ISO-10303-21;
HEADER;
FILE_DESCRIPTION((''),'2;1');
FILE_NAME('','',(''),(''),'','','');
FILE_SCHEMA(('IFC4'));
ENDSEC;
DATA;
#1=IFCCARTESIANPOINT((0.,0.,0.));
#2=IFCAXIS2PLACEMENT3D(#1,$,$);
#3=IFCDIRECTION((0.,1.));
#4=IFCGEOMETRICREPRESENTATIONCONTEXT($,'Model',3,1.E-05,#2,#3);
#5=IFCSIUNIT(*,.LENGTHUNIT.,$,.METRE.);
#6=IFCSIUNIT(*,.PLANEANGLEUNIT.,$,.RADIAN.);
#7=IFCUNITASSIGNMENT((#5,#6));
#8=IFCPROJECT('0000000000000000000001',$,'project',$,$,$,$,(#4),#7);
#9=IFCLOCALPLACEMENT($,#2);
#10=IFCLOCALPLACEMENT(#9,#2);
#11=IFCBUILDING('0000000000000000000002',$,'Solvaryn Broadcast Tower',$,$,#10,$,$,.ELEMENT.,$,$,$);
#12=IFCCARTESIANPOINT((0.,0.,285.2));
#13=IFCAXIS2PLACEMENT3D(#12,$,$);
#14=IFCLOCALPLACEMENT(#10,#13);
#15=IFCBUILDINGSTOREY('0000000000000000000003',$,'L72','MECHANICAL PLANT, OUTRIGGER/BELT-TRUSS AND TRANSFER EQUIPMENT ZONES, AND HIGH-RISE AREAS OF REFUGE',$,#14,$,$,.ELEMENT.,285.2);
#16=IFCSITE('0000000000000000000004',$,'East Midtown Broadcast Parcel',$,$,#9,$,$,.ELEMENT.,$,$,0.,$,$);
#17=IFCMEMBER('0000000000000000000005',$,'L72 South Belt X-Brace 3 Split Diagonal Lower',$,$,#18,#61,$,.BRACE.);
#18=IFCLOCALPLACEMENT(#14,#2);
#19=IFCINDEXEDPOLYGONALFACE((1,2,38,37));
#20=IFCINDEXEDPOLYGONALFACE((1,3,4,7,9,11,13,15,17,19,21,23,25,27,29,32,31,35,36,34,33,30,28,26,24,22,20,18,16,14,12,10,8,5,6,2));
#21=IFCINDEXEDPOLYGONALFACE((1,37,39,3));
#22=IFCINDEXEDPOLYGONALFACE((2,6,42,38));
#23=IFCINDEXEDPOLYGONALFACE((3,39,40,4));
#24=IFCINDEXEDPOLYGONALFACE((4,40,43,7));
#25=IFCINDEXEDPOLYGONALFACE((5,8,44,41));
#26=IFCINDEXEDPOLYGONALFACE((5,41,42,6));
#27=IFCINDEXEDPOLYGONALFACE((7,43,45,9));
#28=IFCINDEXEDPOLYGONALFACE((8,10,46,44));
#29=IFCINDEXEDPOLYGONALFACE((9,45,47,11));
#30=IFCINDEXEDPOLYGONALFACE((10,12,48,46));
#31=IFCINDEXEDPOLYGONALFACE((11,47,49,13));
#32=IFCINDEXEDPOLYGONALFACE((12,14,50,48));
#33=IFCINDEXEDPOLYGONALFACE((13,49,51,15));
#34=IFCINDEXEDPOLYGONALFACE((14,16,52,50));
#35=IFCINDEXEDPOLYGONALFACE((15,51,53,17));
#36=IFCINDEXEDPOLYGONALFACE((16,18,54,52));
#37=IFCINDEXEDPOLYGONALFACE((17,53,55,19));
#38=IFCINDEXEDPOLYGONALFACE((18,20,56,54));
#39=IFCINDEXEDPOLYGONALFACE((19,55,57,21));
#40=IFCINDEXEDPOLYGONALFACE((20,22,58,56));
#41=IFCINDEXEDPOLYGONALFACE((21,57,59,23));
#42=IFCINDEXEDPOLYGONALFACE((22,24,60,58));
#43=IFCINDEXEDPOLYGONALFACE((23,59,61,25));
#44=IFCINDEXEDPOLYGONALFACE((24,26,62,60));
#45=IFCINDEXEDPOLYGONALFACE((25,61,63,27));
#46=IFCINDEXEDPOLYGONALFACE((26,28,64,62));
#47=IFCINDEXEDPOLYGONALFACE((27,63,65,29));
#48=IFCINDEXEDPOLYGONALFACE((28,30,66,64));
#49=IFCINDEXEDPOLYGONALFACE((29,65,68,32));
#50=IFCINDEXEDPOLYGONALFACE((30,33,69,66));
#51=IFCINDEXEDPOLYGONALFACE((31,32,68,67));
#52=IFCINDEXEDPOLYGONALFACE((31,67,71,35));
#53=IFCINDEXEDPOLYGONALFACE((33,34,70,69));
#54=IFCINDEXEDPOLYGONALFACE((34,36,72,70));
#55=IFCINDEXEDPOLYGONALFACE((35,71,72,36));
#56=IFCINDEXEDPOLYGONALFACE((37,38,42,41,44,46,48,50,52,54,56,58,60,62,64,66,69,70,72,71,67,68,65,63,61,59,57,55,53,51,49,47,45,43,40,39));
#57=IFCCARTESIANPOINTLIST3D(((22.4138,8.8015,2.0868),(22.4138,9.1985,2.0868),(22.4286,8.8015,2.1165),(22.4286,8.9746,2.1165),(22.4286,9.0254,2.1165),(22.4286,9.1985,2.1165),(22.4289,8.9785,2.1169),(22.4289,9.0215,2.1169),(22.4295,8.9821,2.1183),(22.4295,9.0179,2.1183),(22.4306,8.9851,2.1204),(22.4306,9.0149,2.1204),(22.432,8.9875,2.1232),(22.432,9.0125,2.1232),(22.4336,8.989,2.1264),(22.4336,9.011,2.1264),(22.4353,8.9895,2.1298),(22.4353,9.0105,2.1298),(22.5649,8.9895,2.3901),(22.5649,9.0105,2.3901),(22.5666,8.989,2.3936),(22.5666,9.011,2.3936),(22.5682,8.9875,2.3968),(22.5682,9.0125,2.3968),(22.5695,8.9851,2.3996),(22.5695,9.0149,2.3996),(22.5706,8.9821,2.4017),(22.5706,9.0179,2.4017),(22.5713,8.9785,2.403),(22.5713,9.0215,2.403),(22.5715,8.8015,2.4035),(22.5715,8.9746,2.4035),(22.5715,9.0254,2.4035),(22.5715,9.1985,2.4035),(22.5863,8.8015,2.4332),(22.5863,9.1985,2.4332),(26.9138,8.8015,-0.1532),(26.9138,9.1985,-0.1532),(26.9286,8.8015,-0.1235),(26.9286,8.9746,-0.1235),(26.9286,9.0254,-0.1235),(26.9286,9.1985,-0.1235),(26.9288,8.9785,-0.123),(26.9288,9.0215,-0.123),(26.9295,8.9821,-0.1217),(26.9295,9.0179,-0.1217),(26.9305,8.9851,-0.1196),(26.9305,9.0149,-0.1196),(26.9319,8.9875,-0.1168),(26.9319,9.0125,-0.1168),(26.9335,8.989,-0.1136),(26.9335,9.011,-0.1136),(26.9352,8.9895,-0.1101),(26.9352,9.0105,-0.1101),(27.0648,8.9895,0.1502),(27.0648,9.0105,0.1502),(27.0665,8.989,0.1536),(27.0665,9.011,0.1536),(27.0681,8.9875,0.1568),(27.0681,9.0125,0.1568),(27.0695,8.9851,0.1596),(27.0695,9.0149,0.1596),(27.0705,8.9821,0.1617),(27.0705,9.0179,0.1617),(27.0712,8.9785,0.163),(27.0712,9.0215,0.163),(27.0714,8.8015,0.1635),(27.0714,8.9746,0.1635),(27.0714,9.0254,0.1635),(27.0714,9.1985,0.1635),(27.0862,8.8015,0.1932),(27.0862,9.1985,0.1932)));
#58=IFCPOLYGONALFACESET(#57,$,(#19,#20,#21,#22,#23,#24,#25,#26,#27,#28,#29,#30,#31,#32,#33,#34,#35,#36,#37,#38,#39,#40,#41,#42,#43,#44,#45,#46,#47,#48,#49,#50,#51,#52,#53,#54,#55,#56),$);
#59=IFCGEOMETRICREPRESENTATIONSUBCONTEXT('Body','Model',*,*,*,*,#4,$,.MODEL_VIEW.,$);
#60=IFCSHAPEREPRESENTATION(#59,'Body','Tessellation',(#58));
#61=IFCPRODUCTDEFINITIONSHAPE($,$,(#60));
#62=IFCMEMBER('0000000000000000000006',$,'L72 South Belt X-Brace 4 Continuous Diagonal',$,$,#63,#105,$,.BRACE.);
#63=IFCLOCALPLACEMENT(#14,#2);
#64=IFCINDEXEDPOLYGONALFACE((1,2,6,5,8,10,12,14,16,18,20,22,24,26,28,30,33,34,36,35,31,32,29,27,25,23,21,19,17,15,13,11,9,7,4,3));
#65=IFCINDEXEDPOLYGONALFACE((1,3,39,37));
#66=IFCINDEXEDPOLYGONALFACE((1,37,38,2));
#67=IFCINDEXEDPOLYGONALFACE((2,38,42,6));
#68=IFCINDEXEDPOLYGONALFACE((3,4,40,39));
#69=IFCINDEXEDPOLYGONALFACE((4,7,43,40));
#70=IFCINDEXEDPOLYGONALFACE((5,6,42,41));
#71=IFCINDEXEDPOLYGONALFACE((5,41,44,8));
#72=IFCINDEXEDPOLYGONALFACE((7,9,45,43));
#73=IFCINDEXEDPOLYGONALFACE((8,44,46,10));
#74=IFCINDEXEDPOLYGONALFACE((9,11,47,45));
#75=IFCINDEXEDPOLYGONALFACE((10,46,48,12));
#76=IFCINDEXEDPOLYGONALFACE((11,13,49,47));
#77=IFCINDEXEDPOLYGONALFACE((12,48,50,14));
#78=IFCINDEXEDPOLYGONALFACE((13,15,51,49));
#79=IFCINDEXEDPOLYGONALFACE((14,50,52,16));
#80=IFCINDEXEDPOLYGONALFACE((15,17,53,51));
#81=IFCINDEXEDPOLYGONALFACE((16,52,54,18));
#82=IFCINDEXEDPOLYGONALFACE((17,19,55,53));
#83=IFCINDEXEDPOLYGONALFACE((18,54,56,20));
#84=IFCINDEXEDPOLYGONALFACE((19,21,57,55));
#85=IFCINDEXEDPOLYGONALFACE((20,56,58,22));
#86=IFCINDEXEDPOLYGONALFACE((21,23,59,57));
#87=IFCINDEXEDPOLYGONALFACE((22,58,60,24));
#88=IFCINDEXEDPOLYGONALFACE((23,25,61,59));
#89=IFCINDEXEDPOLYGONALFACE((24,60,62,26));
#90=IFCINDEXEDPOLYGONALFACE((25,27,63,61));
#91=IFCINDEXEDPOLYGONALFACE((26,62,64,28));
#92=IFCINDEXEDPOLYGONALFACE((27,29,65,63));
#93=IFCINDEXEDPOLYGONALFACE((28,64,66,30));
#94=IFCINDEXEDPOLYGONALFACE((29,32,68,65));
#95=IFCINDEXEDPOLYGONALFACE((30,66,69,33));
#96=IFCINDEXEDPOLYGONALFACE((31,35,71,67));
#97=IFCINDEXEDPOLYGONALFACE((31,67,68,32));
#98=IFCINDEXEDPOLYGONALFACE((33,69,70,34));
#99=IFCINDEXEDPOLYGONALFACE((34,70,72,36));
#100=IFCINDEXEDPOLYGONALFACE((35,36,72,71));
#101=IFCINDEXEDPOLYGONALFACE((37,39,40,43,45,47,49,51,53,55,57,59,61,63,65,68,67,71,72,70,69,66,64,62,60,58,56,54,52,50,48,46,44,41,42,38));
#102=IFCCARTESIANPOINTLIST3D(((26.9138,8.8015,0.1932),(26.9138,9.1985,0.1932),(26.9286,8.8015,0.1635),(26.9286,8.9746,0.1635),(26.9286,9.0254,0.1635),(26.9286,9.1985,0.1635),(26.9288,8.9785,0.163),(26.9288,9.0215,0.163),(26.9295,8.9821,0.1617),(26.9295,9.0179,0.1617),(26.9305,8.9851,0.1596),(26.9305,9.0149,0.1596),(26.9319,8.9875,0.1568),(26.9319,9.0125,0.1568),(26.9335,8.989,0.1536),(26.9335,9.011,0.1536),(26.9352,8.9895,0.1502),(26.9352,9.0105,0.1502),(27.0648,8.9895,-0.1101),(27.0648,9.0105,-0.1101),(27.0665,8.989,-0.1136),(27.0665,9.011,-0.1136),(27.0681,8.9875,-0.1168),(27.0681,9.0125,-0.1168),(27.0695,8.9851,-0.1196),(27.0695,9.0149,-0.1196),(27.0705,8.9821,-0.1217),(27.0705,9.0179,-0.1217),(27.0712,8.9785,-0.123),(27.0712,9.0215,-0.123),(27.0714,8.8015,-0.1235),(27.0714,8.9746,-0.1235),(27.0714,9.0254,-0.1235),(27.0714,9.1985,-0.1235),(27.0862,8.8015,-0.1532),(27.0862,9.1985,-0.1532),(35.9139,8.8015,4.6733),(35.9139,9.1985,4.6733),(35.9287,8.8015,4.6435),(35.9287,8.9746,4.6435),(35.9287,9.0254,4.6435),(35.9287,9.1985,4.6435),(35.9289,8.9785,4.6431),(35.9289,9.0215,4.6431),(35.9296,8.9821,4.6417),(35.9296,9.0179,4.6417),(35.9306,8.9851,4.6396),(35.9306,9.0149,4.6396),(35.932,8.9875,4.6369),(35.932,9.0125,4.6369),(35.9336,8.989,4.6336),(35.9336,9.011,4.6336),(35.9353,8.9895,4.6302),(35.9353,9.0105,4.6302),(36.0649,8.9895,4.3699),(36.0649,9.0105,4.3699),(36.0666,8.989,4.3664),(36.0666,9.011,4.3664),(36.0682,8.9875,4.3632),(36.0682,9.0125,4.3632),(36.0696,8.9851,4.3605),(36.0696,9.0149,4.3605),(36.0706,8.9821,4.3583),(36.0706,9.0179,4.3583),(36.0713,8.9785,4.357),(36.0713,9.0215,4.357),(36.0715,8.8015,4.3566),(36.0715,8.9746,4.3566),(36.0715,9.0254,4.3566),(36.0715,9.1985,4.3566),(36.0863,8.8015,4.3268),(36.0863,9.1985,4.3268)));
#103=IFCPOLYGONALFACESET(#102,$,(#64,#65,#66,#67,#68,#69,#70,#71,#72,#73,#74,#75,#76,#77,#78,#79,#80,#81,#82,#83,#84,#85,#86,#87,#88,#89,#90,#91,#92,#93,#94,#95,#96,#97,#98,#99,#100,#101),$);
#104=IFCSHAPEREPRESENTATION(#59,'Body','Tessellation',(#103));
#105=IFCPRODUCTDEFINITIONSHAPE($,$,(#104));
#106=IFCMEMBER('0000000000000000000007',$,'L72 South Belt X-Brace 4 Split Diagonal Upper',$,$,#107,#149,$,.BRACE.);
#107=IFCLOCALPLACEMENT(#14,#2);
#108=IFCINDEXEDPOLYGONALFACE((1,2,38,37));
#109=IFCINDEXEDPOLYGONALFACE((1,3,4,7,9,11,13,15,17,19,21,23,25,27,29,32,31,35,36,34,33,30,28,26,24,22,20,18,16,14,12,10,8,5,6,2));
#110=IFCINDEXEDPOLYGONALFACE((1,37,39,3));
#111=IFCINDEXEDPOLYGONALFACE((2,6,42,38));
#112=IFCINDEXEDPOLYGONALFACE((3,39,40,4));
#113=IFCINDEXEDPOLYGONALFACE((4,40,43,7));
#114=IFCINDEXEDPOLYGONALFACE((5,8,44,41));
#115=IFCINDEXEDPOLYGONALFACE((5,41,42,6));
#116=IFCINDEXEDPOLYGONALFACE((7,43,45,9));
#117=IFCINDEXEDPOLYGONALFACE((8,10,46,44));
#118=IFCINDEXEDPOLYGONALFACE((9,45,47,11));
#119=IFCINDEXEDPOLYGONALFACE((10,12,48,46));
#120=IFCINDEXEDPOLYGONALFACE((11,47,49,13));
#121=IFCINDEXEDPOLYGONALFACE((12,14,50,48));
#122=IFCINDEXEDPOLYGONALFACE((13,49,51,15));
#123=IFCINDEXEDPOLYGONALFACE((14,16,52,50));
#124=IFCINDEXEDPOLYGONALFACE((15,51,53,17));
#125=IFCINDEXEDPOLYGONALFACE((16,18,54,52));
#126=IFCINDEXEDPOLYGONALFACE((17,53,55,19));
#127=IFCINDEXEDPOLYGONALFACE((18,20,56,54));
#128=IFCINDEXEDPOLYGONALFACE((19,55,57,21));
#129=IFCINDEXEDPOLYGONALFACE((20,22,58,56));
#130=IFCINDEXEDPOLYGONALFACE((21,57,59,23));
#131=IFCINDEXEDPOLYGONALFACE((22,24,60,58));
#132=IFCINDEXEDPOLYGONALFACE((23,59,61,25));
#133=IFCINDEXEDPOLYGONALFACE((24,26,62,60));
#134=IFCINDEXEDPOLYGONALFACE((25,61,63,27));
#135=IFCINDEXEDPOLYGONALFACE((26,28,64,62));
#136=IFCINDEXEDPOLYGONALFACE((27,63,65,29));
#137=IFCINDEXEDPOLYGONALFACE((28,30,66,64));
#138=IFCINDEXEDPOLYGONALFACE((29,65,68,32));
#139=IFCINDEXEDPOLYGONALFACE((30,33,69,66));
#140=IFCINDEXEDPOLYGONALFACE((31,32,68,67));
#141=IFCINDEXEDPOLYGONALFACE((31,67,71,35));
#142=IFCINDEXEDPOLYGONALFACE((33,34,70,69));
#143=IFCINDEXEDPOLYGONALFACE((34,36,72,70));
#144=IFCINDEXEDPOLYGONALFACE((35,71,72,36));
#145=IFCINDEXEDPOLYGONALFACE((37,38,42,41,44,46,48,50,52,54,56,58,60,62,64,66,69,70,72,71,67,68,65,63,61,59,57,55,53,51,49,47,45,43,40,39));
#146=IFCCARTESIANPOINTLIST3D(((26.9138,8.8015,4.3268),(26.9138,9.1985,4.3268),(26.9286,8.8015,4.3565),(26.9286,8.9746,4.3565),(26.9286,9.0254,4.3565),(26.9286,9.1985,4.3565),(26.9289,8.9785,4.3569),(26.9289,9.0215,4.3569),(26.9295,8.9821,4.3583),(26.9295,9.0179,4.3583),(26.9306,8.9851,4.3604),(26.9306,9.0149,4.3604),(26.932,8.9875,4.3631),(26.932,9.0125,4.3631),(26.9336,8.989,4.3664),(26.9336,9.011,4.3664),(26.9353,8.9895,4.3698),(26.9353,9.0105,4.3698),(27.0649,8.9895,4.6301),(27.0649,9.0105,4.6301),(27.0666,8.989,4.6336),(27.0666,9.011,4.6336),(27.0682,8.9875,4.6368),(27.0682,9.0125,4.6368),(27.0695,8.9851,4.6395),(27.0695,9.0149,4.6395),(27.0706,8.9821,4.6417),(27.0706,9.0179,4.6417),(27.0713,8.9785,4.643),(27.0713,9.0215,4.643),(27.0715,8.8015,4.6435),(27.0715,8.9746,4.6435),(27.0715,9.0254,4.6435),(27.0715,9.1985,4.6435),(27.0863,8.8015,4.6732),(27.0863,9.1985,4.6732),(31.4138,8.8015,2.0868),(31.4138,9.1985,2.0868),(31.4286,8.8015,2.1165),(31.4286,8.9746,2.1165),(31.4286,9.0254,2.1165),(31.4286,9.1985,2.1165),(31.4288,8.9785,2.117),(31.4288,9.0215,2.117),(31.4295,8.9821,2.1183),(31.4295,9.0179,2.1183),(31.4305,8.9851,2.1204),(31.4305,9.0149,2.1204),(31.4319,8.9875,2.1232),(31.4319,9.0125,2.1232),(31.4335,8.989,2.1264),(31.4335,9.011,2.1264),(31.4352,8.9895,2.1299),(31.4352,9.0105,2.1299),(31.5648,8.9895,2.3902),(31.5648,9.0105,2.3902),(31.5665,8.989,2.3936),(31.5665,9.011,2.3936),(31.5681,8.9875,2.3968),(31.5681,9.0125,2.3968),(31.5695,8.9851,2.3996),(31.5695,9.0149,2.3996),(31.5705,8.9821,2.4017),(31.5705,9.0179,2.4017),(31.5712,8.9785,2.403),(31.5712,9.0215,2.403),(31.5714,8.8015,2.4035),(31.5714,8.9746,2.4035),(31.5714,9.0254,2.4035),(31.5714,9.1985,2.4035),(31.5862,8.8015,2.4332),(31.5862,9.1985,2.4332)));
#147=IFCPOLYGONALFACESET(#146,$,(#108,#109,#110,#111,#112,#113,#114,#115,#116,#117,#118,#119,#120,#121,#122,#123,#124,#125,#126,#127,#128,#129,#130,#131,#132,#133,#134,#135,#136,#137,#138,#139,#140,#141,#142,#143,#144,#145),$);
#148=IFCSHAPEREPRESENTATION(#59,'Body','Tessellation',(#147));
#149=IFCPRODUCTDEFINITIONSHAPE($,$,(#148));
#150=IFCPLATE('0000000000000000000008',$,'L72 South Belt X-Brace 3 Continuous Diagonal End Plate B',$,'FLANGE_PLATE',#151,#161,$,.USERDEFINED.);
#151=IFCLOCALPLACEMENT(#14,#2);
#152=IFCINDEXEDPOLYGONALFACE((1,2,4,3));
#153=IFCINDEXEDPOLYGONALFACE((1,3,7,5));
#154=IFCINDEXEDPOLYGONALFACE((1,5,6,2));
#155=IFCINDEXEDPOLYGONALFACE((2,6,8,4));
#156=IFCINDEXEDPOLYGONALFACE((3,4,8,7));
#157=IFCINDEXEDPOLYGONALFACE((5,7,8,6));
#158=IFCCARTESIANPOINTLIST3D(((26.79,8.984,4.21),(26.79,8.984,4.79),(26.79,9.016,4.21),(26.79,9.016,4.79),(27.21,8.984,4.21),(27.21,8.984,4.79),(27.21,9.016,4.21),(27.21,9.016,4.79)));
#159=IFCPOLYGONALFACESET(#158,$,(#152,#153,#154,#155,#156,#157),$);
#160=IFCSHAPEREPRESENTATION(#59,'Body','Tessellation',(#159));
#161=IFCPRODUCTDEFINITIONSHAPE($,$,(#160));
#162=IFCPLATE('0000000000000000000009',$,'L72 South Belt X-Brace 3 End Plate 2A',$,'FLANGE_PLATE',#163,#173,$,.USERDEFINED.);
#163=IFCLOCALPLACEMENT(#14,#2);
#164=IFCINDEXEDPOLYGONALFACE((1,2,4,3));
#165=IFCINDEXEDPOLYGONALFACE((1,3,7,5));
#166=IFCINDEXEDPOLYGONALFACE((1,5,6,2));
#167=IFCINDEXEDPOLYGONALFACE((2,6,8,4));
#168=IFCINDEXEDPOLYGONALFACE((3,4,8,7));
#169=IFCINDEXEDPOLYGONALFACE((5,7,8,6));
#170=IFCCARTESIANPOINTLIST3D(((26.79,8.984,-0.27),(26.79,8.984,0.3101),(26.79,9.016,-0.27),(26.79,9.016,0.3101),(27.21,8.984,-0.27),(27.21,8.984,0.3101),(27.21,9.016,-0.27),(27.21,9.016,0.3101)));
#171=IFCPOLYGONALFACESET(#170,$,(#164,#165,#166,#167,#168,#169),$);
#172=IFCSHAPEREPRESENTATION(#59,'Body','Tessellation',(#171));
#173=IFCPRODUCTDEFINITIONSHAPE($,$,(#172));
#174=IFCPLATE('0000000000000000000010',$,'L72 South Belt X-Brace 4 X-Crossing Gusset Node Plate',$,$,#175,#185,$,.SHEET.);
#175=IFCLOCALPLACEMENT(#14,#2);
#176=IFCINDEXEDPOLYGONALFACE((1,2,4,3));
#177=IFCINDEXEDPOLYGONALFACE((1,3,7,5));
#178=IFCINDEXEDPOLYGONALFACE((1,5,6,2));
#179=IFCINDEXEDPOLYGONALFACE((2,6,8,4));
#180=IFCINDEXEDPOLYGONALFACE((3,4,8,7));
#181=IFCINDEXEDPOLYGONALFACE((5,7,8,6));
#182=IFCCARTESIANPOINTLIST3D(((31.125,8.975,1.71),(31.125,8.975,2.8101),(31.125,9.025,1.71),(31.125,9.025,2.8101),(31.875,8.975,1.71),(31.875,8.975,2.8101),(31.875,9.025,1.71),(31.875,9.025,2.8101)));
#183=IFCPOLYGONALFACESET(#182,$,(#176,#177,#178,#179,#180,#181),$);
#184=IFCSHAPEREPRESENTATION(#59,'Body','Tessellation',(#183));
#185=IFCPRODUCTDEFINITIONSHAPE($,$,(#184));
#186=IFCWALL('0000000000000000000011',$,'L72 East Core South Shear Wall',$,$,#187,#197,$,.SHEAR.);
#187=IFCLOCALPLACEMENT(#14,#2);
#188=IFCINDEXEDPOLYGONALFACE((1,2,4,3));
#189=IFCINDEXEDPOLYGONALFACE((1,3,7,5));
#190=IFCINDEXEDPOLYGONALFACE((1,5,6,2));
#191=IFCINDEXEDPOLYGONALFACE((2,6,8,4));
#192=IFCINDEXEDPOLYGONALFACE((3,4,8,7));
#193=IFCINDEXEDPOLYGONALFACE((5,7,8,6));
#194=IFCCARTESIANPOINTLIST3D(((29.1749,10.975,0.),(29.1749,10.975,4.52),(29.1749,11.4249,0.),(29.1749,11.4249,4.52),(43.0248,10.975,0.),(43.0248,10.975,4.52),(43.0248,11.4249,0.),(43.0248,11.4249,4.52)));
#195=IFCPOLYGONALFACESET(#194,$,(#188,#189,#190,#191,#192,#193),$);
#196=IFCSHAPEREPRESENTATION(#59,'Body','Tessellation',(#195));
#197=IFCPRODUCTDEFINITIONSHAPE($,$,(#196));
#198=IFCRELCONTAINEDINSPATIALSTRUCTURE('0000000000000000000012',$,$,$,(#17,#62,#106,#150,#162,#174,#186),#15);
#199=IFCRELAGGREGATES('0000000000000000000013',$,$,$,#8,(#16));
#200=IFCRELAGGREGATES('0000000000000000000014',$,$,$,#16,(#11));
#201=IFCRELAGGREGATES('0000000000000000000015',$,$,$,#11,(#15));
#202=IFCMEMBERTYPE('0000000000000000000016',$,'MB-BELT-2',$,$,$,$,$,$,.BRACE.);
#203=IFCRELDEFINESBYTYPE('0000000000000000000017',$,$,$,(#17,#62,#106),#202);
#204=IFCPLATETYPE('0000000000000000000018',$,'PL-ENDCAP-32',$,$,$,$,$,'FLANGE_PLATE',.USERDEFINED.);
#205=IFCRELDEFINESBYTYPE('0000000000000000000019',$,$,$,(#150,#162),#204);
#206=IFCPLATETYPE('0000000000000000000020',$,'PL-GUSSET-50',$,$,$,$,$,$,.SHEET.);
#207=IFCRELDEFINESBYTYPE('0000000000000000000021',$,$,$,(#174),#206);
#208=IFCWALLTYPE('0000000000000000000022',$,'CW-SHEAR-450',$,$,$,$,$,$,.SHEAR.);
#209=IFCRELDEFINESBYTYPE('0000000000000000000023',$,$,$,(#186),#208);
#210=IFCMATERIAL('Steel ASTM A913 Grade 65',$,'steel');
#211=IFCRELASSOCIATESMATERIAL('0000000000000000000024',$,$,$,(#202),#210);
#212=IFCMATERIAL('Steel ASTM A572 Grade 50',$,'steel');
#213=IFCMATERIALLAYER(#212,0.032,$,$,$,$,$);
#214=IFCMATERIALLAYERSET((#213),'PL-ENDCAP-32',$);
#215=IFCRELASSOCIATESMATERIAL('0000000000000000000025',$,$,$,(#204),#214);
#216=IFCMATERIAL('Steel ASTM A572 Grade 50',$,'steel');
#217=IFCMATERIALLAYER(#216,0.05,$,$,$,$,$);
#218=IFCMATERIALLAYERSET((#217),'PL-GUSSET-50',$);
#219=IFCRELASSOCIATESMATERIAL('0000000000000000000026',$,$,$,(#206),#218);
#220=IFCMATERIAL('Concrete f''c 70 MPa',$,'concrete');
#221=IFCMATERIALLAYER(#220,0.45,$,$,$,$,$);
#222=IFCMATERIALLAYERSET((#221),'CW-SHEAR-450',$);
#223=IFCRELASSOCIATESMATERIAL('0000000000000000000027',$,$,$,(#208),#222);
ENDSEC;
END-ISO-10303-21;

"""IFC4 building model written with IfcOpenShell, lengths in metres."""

from ifc_helpers import new_model, si_unit, direction, frame, frame_2d, origin, origin_2d, place, context, subcontext, project, spatial, rectangle, i_section, extrude, material, layer, layer_set, material_profile, profile_set, type_object, element, save


model = new_model("IFC4")

# Units and contexts
model_context = context("Model", 3, precision=1e-05, world=origin(), true_north=direction((0.0, 1.0)))
body_context = subcontext(model_context, "Body", "Model", "MODEL_VIEW")
ifc_project = project(units=[si_unit("LENGTHUNIT", "METRE"), si_unit("PLANEANGLEUNIT", "RADIAN")], contexts=[model_context])

# Site, building, storey
site_placement = place(None, origin())
site = spatial("IfcSite", under=ifc_project, at=site_placement, Name="East Midtown Broadcast Parcel", CompositionType="ELEMENT", RefElevation=0.0)
building_placement = place(site_placement, origin())
building = spatial("IfcBuilding", under=site, at=building_placement, Name="Solvaryn Broadcast Tower", CompositionType="ELEMENT")
storey_placement = place(building_placement, frame((0.0, 0.0, 285.2)))
storey = spatial("IfcBuildingStorey", under=building, at=storey_placement, Name="L72", Description="MECHANICAL PLANT, OUTRIGGER/BELT-TRUSS AND TRANSFER EQUIPMENT ZONES, AND HIGH-RISE AREAS OF REFUGE", CompositionType="ELEMENT", Elevation=285.2)

# Members
ifc_material_1 = material(Name="Steel ASTM A913 Grade 65", Category="steel")
ifc_material_profile_1 = material_profile(ifc_material_1, i_section(OverallWidth=0.397, OverallDepth=0.387, WebThickness=0.021, FlangeThickness=0.0332, FilletRadius=0.0149, at=origin_2d()))
ifc_profile_set_1 = profile_set([ifc_material_profile_1], Name="Steel ASTM A913 Grade 65")
member_type = type_object("IfcMemberType", Name="MB-BELT-2", PredefinedType="BRACE", material=ifc_profile_set_1)
member_1_placement = place(storey_placement, frame((27.0, 9.0, 0.02), z_axis=(-0.895222, 0.0, 0.44562), x_axis=(0.0, -1.0, 0.0)))
element("IfcMember", 1, at=member_1_placement, inside=storey, type_object=member_type, Name="L72 South Belt X-Brace 3 Split Diagonal Lower", PredefinedType="BRACE", context=body_context, shape_type="SweptSolid", body=[
    extrude(i_section(OverallWidth=0.397, OverallDepth=0.387, WebThickness=0.021, FlangeThickness=0.0332, FilletRadius=0.0149, at=origin_2d()), origin(), (0.0, 0.0, 1.0), 5.0266),
])
member_2_placement = place(storey_placement, frame((27.0, 9.0, 0.02), z_axis=(0.895222, 0.0, 0.44562), x_axis=(0.0, 1.0, 0.0)))
element("IfcMember", 2, at=member_2_placement, inside=storey, type_object=member_type, Name="L72 South Belt X-Brace 4 Continuous Diagonal", PredefinedType="BRACE", context=body_context, shape_type="SweptSolid", body=[
    extrude(i_section(OverallWidth=0.397, OverallDepth=0.387, WebThickness=0.021, FlangeThickness=0.0332, FilletRadius=0.0149, at=origin_2d()), origin(), (0.0, 0.0, 1.0), 10.0535),
])
member_3_placement = place(storey_placement, frame((31.5, 9.0, 2.26), z_axis=(-0.895222, 0.0, 0.44562), x_axis=(0.0, -1.0, 0.0)))
element("IfcMember", 3, at=member_3_placement, inside=storey, type_object=member_type, Name="L72 South Belt X-Brace 4 Split Diagonal Upper", PredefinedType="BRACE", context=body_context, shape_type="SweptSolid", body=[
    extrude(i_section(OverallWidth=0.397, OverallDepth=0.387, WebThickness=0.021, FlangeThickness=0.0332, FilletRadius=0.0149, at=origin_2d()), origin(), (0.0, 0.0, 1.0), 5.0266),
])

# Plates
ifc_material_2 = material(Name="Steel ASTM A572 Grade 50", Category="steel")
ifc_layer_1 = layer(ifc_material_2, 0.032)
ifc_layer_set_1 = layer_set([ifc_layer_1], Name="PL-ENDCAP-32")
plate_type_1 = type_object("IfcPlateType", Name="PL-ENDCAP-32", ElementType="FLANGE_PLATE", PredefinedType="USERDEFINED", material=ifc_layer_set_1)
for number, where, z_axis, x_axis, name in (
    (4, (27.0, 9.0, 4.21), (0.0, 0.0, 1.0), (1.0, 0.0, 0.0), "L72 South Belt X-Brace 3 Continuous Diagonal End Plate B"),
    (5, (27.0, 9.0, -0.27), (0.0, 0.0, 1.0), (1.0, 0.0, 0.0), "L72 South Belt X-Brace 3 End Plate 2A"),
):
    element("IfcPlate", number, at=place(storey_placement, frame(where, z_axis=z_axis, x_axis=x_axis)), inside=storey, type_object=plate_type_1, Name=name, ObjectType="FLANGE_PLATE", PredefinedType="USERDEFINED", context=body_context, shape_type="SweptSolid", body=[
        extrude(rectangle(XDim=0.4199, YDim=0.032, at=origin_2d()), origin(), (0.0, 0.0, 1.0), 0.5801),
    ])
ifc_material_3 = material(Name="Steel ASTM A572 Grade 50", Category="steel")
ifc_layer_2 = layer(ifc_material_3, 0.05)
ifc_layer_set_2 = layer_set([ifc_layer_2], Name="PL-GUSSET-50")
plate_type_2 = type_object("IfcPlateType", Name="PL-GUSSET-50", PredefinedType="SHEET", material=ifc_layer_set_2)
plate_placement = place(storey_placement, frame((31.5, 9.0, 1.71), z_axis=(0.0, 0.0, 1.0), x_axis=(1.0, 0.0, 0.0)))
element("IfcPlate", 6, at=plate_placement, inside=storey, type_object=plate_type_2, Name="L72 South Belt X-Brace 4 X-Crossing Gusset Node Plate", PredefinedType="SHEET", context=body_context, shape_type="SweptSolid", body=[
    extrude(rectangle(XDim=0.75, YDim=0.05, at=origin_2d()), origin(), (0.0, 0.0, 1.0), 1.1001),
])

# Wall
ifc_material_4 = material(Name="Concrete f'c 70 MPa", Category="concrete")
ifc_layer_3 = layer(ifc_material_4, 0.45)
ifc_layer_set_3 = layer_set([ifc_layer_3], Name="CW-SHEAR-450")
wall_type_1 = type_object("IfcWallType", Name="CW-SHEAR-450", PredefinedType="SHEAR", material=ifc_layer_set_3)
wall_1_placement = place(storey_placement, frame((29.175, 11.2, 0.0), z_axis=(0.0, 0.0, 1.0), x_axis=(1.0, 0.0, 0.0)))
element("IfcWall", 7, at=wall_1_placement, inside=storey, type_object=wall_type_1, Name="L72 East Core South Shear Wall", PredefinedType="SHEAR", context=body_context, shape_type="SweptSolid", body=[
    extrude(rectangle(XDim=13.8499, YDim=0.45, at=frame_2d((6.9248, 0.0))), origin(), (0.0, 0.0, 1.0), 4.52),
])

save(model, "model.ifc")
